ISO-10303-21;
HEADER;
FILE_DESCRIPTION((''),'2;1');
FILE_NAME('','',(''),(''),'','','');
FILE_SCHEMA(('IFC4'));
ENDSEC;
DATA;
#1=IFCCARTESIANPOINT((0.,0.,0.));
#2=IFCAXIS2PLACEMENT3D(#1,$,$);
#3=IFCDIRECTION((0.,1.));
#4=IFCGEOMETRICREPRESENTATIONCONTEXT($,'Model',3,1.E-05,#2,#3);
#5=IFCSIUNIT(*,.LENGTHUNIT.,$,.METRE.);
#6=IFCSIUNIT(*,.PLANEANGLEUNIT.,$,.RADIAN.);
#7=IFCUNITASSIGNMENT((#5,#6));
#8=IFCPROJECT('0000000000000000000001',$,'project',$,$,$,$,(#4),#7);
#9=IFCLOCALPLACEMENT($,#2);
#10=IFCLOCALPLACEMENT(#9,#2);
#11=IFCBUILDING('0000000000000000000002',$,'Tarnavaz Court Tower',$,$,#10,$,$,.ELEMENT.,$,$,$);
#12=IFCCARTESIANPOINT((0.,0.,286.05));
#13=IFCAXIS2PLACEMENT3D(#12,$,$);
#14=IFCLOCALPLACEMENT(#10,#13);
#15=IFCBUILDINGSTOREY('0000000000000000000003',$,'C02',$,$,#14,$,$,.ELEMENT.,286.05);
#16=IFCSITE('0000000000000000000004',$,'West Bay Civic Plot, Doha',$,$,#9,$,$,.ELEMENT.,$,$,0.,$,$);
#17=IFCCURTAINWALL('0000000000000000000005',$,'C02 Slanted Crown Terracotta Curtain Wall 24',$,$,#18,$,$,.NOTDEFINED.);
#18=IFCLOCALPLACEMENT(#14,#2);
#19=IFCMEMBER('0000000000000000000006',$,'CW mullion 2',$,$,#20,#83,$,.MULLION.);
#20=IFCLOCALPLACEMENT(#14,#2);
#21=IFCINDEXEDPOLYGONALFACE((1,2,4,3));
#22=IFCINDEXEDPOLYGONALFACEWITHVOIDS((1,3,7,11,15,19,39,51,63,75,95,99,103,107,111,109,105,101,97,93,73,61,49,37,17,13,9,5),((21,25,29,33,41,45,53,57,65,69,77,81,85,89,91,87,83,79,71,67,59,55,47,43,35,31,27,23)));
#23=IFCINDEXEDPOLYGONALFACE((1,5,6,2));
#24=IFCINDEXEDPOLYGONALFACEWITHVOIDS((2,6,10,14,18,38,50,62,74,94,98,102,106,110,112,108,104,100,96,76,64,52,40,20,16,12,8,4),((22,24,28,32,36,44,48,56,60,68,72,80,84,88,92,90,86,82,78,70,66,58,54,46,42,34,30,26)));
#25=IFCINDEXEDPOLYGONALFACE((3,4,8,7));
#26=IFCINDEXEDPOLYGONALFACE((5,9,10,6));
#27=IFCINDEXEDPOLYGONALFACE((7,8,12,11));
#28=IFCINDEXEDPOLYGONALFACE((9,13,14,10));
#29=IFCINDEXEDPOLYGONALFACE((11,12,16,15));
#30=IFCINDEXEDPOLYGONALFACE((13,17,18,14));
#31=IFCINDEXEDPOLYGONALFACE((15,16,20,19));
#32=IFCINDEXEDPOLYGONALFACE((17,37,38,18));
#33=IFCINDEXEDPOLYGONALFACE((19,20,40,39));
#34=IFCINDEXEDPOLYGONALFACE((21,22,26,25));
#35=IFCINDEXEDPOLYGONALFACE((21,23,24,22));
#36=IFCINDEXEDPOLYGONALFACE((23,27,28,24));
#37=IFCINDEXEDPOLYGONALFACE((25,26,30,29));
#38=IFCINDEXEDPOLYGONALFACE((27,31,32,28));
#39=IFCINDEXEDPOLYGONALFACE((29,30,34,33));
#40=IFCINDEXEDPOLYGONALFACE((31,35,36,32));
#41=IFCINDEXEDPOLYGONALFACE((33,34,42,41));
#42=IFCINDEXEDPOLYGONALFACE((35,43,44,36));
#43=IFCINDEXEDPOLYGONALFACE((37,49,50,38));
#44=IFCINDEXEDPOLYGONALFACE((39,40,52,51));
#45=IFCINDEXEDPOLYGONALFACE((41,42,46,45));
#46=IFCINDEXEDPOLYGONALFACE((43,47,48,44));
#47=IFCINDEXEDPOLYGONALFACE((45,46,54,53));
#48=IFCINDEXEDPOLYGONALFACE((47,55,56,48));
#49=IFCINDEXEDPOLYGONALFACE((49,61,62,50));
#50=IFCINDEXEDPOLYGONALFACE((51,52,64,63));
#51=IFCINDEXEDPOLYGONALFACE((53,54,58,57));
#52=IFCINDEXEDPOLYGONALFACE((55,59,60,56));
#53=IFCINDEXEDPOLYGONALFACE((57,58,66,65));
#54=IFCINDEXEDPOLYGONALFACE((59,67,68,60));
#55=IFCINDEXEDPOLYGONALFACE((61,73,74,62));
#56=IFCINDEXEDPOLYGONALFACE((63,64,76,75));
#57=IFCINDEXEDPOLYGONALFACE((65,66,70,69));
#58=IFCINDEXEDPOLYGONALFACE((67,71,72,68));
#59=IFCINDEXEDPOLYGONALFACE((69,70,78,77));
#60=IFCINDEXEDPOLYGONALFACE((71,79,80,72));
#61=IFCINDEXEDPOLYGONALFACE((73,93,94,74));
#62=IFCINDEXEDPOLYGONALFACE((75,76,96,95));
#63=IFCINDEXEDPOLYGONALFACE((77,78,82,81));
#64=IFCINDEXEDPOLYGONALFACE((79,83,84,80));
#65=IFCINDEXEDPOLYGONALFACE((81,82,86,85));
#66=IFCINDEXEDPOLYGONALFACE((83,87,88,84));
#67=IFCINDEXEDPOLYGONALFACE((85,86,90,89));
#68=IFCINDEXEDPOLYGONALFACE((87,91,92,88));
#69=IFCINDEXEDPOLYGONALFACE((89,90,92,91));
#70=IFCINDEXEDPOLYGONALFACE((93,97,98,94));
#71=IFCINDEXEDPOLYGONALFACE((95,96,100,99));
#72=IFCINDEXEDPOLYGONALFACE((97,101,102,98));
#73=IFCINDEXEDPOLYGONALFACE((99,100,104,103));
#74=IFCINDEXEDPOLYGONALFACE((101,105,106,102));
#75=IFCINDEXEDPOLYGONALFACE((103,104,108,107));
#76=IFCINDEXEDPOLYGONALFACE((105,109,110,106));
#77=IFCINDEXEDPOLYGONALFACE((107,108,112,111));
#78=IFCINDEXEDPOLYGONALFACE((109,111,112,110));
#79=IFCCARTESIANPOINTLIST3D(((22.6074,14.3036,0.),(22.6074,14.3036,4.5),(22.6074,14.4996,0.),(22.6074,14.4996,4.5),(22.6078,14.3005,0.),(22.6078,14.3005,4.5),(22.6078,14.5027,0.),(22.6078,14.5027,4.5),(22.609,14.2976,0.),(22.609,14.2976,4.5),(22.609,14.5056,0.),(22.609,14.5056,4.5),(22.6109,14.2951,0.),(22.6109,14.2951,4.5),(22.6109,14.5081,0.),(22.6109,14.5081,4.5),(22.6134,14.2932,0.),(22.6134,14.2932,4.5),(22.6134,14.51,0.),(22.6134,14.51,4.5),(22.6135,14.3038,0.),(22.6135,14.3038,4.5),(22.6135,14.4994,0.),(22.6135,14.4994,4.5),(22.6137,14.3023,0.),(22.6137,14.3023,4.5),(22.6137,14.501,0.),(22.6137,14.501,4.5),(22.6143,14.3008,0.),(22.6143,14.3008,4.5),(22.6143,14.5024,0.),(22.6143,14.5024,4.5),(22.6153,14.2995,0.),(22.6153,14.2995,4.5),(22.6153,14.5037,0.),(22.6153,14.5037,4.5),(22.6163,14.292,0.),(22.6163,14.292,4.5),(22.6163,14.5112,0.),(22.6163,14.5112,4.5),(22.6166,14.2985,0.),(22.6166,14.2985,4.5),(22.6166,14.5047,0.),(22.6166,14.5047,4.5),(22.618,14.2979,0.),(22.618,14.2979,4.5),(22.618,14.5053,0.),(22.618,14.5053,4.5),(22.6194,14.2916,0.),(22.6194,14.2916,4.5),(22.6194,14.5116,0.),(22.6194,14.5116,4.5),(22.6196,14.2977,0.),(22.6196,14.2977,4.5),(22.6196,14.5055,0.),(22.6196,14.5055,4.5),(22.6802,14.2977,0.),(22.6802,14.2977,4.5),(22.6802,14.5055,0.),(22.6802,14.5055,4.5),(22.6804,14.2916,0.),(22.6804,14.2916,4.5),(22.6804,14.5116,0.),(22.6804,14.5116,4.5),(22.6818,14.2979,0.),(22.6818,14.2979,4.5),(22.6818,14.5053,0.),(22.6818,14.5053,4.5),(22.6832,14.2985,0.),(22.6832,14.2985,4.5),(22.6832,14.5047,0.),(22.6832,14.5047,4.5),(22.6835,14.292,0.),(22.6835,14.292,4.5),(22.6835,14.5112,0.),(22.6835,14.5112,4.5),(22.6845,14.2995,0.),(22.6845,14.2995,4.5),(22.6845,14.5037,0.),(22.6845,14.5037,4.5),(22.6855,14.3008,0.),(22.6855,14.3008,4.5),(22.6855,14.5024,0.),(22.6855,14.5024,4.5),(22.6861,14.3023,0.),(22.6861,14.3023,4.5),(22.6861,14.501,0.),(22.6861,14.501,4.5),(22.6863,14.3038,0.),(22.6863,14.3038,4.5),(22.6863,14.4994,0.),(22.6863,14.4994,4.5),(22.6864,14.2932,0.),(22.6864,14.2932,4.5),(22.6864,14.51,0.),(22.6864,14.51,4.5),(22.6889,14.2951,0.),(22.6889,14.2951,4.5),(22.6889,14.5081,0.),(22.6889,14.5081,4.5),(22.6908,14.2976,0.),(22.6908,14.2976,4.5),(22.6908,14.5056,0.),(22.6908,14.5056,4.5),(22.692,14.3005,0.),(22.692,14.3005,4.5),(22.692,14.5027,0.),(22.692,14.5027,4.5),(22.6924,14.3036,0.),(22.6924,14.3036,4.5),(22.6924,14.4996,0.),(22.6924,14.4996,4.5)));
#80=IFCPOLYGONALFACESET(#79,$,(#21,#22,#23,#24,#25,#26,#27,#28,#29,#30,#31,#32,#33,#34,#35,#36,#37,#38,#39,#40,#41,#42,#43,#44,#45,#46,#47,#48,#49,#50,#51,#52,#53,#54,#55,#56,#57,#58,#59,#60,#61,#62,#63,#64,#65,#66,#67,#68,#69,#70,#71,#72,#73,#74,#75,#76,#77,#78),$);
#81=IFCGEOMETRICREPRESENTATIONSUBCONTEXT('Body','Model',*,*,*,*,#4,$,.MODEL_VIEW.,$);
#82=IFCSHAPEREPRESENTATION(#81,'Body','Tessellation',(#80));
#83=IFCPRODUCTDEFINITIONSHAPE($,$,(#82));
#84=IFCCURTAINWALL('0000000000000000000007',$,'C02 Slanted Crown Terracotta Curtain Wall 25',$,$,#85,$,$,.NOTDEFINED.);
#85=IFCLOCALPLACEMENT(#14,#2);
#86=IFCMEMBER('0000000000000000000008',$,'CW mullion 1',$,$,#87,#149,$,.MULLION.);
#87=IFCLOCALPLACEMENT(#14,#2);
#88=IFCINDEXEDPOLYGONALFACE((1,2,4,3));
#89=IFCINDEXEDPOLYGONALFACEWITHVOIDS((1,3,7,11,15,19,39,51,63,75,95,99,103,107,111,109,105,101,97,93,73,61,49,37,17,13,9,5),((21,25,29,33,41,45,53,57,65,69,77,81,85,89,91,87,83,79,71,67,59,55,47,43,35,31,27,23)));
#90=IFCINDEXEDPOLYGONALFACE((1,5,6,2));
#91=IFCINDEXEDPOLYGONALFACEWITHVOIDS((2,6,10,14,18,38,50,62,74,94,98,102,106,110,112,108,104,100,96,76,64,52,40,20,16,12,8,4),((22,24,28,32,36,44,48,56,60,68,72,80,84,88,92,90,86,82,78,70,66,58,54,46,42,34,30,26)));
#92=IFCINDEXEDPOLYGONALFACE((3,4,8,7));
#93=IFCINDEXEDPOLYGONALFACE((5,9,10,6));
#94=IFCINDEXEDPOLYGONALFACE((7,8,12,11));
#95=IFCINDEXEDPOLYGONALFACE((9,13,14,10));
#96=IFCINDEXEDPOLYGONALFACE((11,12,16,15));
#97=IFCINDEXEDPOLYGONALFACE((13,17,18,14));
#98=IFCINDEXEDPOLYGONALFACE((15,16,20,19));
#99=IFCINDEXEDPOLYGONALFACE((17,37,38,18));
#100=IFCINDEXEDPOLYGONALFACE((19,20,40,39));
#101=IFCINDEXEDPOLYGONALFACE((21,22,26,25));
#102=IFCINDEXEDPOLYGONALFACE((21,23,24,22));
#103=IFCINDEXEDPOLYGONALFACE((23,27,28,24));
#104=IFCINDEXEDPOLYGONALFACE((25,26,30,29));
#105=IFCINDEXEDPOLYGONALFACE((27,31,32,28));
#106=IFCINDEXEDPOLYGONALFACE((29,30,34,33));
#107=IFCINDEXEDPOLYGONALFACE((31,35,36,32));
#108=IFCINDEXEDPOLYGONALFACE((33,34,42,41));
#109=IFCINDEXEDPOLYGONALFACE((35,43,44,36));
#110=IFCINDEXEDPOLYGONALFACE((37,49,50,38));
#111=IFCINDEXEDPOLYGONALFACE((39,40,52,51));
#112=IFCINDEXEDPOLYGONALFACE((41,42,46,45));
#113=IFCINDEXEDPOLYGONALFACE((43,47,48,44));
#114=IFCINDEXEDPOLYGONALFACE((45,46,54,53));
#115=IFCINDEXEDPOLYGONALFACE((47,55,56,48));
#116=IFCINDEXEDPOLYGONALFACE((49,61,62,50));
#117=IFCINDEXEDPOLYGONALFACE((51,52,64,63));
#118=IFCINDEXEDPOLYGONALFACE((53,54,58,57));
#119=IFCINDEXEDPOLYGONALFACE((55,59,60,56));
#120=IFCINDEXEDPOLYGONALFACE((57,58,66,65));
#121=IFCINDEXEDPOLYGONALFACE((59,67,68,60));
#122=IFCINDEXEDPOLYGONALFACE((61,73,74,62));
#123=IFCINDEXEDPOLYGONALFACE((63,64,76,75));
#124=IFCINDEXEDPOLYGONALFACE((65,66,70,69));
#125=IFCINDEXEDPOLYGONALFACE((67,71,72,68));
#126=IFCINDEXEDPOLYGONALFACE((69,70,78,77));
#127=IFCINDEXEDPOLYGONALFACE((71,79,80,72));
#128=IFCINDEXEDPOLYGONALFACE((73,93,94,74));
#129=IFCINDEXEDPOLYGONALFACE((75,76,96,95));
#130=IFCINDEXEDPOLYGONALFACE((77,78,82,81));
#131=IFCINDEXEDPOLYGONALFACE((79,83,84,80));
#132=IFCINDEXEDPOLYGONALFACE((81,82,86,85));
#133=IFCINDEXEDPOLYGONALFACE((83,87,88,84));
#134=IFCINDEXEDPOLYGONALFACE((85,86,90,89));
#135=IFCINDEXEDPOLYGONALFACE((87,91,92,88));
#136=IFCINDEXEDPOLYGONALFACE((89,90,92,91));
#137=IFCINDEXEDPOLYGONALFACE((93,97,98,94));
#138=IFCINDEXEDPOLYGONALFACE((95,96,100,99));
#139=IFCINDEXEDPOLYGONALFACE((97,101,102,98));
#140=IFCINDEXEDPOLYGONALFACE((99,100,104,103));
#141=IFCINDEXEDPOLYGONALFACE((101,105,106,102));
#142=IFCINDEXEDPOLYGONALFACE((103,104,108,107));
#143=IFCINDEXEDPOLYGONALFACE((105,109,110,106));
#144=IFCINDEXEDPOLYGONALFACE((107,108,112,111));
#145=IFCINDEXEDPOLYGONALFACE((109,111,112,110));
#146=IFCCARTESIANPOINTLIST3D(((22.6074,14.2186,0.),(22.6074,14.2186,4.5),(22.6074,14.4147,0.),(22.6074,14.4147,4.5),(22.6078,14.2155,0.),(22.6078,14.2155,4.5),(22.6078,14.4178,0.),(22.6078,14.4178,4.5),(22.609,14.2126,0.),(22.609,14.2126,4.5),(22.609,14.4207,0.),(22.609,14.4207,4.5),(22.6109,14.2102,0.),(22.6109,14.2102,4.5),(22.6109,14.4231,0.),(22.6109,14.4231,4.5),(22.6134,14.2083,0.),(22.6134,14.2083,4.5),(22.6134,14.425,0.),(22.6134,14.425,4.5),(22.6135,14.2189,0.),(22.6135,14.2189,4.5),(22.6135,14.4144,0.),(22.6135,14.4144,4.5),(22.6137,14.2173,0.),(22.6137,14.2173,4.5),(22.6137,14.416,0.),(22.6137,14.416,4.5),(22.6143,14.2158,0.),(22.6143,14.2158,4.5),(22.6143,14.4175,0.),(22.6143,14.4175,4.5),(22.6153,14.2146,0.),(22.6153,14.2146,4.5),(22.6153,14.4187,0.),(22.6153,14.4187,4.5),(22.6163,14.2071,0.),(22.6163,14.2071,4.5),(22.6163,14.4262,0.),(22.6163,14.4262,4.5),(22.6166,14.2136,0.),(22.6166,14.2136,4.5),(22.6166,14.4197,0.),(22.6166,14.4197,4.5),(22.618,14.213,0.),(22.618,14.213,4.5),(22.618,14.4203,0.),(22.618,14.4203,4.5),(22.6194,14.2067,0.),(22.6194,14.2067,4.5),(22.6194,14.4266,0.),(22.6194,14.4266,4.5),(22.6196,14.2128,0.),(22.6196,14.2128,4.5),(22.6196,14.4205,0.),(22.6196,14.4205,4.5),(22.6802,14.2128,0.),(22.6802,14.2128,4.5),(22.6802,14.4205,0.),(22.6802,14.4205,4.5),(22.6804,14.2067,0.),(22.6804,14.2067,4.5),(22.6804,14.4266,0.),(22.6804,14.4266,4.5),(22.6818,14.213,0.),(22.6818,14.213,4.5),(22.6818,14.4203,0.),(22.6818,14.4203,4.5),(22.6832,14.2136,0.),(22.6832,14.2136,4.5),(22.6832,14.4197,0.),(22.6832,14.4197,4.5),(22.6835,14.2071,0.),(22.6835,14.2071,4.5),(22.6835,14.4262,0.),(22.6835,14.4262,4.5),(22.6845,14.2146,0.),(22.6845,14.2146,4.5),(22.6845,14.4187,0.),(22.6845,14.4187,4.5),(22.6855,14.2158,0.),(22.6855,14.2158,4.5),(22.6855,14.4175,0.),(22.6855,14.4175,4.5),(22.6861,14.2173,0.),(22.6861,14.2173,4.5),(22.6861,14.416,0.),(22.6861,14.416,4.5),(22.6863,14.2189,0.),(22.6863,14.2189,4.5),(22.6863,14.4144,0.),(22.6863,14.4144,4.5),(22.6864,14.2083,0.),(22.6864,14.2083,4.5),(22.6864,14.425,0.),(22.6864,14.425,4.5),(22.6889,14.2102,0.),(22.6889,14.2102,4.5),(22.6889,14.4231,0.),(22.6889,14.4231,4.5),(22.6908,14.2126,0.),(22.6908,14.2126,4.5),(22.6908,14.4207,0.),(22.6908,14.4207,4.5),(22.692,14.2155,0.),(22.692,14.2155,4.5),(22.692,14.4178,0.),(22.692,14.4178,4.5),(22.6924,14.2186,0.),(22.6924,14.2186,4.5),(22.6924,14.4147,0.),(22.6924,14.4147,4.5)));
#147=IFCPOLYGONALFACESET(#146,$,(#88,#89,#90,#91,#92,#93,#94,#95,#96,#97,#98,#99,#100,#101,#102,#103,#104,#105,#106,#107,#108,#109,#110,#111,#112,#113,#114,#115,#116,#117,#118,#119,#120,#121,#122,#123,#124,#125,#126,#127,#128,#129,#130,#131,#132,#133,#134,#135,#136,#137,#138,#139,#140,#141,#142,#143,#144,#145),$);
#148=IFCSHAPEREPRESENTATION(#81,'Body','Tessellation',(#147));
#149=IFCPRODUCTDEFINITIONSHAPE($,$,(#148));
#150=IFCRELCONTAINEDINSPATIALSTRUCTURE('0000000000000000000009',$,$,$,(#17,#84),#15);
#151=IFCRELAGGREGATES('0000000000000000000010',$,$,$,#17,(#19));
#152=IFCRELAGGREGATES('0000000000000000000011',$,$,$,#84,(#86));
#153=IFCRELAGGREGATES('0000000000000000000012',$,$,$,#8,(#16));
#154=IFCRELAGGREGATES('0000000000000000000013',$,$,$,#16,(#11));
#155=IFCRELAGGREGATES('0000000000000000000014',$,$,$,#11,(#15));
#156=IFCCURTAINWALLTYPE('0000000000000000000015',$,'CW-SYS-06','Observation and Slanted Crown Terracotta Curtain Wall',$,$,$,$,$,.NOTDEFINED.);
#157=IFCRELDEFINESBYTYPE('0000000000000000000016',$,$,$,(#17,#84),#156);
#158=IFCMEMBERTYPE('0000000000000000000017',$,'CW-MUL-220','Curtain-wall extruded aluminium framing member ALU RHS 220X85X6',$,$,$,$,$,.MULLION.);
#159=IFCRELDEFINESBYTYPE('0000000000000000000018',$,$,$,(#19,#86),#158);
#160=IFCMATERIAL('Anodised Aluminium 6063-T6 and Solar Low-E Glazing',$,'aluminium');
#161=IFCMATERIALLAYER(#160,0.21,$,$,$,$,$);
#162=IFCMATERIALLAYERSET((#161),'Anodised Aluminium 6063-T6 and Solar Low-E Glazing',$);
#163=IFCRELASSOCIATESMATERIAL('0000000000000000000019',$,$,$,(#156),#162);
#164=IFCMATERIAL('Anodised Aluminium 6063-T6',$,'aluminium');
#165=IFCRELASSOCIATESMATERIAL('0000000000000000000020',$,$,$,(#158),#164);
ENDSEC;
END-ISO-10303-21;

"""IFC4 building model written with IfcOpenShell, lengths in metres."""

from ifc_helpers import new_model, si_unit, direction, frame, origin, origin_2d, place, context, subcontext, project, spatial, hollow_rectangle, extrude, material, layer, layer_set, material_profile, profile_set, type_object, element, aggregate, save


model = new_model("IFC4")

# Units and contexts
model_context = context("Model", 3, precision=1e-05, world=origin(), true_north=direction((0.0, 1.0)))
body_context = subcontext(model_context, "Body", "Model", "MODEL_VIEW")
ifc_project = project(units=[si_unit("LENGTHUNIT", "METRE"), si_unit("PLANEANGLEUNIT", "RADIAN")], contexts=[model_context])

# Site, building, storey
site_placement = place(None, origin())
site = spatial("IfcSite", under=ifc_project, at=site_placement, Name="West Bay Civic Plot, Doha", CompositionType="ELEMENT", RefElevation=0.0)
building_placement = place(site_placement, origin())
building = spatial("IfcBuilding", under=site, at=building_placement, Name="Tarnavaz Court Tower", CompositionType="ELEMENT")
storey_placement = place(building_placement, frame((0.0, 0.0, 286.05)))
storey = spatial("IfcBuildingStorey", under=building, at=storey_placement, Name="C02", CompositionType="ELEMENT", Elevation=286.05)

# Shared definitions
ifc_material_1 = material(Name="Anodised Aluminium 6063-T6 and Solar Low-E Glazing", Category="aluminium")
ifc_layer_1 = layer(ifc_material_1, 0.21)
ifc_layer_set_1 = layer_set([ifc_layer_1], Name="Anodised Aluminium 6063-T6 and Solar Low-E Glazing")
curtain_wall_type = type_object("IfcCurtainWallType", Name="CW-SYS-06", Description="Observation and Slanted Crown Terracotta Curtain Wall", PredefinedType="NOTDEFINED", material=ifc_layer_set_1)
ifc_material_2 = material(Name="Anodised Aluminium 6063-T6", Category="aluminium")
ifc_material_profile_1 = material_profile(ifc_material_2, hollow_rectangle(XDim=0.085, YDim=0.22, WallThickness=0.0061, InnerFilletRadius=0.0061, OuterFilletRadius=0.012, at=origin_2d()), Name="ALU RHS 220X85X6")
ifc_profile_set_1 = profile_set([ifc_material_profile_1], Name="Anodised Aluminium 6063-T6")
member_type_1 = type_object("IfcMemberType", Name="CW-MUL-220", Description="Curtain-wall extruded aluminium framing member ALU RHS 220X85X6", PredefinedType="MULLION", material=ifc_profile_set_1)

# Curtain walls, members
curtain_wall_1_placement = place(storey_placement, origin())
curtain_wall_1 = element("IfcCurtainWall", 1, at=curtain_wall_1_placement, inside=storey, type_object=curtain_wall_type, Name="C02 Slanted Crown Terracotta Curtain Wall 24", PredefinedType="NOTDEFINED")
member_1_placement = place(storey_placement, frame((22.6499, 14.4016, 0.0), z_axis=(0.0, 0.0, 1.0), x_axis=(1.0, 0.0, 0.0)))
member_1 = element("IfcMember", 2, at=member_1_placement, type_object=member_type_1, Name="CW mullion 2", PredefinedType="MULLION", context=body_context, shape_type="SweptSolid", body=[
    extrude(hollow_rectangle(XDim=0.085, YDim=0.22, WallThickness=0.0061, InnerFilletRadius=0.0061, OuterFilletRadius=0.012, at=origin_2d()), origin(), (0.0, 0.0, 1.0), 4.5),
])
curtain_wall_2_placement = place(storey_placement, origin())
curtain_wall_2 = element("IfcCurtainWall", 3, at=curtain_wall_2_placement, inside=storey, type_object=curtain_wall_type, Name="C02 Slanted Crown Terracotta Curtain Wall 25", PredefinedType="NOTDEFINED")
member_2_placement = place(storey_placement, frame((22.6499, 14.3167, 0.0), z_axis=(0.0, 0.0, 1.0), x_axis=(1.0, 0.0, 0.0)))
member_2 = element("IfcMember", 4, at=member_2_placement, type_object=member_type_1, Name="CW mullion 1", PredefinedType="MULLION", context=body_context, shape_type="SweptSolid", body=[
    extrude(hollow_rectangle(XDim=0.085, YDim=0.22, WallThickness=0.0061, InnerFilletRadius=0.0061, OuterFilletRadius=0.012, at=origin_2d()), origin(), (0.0, 0.0, 1.0), 4.5),
])

aggregate(curtain_wall_1, [member_1])
aggregate(curtain_wall_2, [member_2])

save(model, "model.ifc")
